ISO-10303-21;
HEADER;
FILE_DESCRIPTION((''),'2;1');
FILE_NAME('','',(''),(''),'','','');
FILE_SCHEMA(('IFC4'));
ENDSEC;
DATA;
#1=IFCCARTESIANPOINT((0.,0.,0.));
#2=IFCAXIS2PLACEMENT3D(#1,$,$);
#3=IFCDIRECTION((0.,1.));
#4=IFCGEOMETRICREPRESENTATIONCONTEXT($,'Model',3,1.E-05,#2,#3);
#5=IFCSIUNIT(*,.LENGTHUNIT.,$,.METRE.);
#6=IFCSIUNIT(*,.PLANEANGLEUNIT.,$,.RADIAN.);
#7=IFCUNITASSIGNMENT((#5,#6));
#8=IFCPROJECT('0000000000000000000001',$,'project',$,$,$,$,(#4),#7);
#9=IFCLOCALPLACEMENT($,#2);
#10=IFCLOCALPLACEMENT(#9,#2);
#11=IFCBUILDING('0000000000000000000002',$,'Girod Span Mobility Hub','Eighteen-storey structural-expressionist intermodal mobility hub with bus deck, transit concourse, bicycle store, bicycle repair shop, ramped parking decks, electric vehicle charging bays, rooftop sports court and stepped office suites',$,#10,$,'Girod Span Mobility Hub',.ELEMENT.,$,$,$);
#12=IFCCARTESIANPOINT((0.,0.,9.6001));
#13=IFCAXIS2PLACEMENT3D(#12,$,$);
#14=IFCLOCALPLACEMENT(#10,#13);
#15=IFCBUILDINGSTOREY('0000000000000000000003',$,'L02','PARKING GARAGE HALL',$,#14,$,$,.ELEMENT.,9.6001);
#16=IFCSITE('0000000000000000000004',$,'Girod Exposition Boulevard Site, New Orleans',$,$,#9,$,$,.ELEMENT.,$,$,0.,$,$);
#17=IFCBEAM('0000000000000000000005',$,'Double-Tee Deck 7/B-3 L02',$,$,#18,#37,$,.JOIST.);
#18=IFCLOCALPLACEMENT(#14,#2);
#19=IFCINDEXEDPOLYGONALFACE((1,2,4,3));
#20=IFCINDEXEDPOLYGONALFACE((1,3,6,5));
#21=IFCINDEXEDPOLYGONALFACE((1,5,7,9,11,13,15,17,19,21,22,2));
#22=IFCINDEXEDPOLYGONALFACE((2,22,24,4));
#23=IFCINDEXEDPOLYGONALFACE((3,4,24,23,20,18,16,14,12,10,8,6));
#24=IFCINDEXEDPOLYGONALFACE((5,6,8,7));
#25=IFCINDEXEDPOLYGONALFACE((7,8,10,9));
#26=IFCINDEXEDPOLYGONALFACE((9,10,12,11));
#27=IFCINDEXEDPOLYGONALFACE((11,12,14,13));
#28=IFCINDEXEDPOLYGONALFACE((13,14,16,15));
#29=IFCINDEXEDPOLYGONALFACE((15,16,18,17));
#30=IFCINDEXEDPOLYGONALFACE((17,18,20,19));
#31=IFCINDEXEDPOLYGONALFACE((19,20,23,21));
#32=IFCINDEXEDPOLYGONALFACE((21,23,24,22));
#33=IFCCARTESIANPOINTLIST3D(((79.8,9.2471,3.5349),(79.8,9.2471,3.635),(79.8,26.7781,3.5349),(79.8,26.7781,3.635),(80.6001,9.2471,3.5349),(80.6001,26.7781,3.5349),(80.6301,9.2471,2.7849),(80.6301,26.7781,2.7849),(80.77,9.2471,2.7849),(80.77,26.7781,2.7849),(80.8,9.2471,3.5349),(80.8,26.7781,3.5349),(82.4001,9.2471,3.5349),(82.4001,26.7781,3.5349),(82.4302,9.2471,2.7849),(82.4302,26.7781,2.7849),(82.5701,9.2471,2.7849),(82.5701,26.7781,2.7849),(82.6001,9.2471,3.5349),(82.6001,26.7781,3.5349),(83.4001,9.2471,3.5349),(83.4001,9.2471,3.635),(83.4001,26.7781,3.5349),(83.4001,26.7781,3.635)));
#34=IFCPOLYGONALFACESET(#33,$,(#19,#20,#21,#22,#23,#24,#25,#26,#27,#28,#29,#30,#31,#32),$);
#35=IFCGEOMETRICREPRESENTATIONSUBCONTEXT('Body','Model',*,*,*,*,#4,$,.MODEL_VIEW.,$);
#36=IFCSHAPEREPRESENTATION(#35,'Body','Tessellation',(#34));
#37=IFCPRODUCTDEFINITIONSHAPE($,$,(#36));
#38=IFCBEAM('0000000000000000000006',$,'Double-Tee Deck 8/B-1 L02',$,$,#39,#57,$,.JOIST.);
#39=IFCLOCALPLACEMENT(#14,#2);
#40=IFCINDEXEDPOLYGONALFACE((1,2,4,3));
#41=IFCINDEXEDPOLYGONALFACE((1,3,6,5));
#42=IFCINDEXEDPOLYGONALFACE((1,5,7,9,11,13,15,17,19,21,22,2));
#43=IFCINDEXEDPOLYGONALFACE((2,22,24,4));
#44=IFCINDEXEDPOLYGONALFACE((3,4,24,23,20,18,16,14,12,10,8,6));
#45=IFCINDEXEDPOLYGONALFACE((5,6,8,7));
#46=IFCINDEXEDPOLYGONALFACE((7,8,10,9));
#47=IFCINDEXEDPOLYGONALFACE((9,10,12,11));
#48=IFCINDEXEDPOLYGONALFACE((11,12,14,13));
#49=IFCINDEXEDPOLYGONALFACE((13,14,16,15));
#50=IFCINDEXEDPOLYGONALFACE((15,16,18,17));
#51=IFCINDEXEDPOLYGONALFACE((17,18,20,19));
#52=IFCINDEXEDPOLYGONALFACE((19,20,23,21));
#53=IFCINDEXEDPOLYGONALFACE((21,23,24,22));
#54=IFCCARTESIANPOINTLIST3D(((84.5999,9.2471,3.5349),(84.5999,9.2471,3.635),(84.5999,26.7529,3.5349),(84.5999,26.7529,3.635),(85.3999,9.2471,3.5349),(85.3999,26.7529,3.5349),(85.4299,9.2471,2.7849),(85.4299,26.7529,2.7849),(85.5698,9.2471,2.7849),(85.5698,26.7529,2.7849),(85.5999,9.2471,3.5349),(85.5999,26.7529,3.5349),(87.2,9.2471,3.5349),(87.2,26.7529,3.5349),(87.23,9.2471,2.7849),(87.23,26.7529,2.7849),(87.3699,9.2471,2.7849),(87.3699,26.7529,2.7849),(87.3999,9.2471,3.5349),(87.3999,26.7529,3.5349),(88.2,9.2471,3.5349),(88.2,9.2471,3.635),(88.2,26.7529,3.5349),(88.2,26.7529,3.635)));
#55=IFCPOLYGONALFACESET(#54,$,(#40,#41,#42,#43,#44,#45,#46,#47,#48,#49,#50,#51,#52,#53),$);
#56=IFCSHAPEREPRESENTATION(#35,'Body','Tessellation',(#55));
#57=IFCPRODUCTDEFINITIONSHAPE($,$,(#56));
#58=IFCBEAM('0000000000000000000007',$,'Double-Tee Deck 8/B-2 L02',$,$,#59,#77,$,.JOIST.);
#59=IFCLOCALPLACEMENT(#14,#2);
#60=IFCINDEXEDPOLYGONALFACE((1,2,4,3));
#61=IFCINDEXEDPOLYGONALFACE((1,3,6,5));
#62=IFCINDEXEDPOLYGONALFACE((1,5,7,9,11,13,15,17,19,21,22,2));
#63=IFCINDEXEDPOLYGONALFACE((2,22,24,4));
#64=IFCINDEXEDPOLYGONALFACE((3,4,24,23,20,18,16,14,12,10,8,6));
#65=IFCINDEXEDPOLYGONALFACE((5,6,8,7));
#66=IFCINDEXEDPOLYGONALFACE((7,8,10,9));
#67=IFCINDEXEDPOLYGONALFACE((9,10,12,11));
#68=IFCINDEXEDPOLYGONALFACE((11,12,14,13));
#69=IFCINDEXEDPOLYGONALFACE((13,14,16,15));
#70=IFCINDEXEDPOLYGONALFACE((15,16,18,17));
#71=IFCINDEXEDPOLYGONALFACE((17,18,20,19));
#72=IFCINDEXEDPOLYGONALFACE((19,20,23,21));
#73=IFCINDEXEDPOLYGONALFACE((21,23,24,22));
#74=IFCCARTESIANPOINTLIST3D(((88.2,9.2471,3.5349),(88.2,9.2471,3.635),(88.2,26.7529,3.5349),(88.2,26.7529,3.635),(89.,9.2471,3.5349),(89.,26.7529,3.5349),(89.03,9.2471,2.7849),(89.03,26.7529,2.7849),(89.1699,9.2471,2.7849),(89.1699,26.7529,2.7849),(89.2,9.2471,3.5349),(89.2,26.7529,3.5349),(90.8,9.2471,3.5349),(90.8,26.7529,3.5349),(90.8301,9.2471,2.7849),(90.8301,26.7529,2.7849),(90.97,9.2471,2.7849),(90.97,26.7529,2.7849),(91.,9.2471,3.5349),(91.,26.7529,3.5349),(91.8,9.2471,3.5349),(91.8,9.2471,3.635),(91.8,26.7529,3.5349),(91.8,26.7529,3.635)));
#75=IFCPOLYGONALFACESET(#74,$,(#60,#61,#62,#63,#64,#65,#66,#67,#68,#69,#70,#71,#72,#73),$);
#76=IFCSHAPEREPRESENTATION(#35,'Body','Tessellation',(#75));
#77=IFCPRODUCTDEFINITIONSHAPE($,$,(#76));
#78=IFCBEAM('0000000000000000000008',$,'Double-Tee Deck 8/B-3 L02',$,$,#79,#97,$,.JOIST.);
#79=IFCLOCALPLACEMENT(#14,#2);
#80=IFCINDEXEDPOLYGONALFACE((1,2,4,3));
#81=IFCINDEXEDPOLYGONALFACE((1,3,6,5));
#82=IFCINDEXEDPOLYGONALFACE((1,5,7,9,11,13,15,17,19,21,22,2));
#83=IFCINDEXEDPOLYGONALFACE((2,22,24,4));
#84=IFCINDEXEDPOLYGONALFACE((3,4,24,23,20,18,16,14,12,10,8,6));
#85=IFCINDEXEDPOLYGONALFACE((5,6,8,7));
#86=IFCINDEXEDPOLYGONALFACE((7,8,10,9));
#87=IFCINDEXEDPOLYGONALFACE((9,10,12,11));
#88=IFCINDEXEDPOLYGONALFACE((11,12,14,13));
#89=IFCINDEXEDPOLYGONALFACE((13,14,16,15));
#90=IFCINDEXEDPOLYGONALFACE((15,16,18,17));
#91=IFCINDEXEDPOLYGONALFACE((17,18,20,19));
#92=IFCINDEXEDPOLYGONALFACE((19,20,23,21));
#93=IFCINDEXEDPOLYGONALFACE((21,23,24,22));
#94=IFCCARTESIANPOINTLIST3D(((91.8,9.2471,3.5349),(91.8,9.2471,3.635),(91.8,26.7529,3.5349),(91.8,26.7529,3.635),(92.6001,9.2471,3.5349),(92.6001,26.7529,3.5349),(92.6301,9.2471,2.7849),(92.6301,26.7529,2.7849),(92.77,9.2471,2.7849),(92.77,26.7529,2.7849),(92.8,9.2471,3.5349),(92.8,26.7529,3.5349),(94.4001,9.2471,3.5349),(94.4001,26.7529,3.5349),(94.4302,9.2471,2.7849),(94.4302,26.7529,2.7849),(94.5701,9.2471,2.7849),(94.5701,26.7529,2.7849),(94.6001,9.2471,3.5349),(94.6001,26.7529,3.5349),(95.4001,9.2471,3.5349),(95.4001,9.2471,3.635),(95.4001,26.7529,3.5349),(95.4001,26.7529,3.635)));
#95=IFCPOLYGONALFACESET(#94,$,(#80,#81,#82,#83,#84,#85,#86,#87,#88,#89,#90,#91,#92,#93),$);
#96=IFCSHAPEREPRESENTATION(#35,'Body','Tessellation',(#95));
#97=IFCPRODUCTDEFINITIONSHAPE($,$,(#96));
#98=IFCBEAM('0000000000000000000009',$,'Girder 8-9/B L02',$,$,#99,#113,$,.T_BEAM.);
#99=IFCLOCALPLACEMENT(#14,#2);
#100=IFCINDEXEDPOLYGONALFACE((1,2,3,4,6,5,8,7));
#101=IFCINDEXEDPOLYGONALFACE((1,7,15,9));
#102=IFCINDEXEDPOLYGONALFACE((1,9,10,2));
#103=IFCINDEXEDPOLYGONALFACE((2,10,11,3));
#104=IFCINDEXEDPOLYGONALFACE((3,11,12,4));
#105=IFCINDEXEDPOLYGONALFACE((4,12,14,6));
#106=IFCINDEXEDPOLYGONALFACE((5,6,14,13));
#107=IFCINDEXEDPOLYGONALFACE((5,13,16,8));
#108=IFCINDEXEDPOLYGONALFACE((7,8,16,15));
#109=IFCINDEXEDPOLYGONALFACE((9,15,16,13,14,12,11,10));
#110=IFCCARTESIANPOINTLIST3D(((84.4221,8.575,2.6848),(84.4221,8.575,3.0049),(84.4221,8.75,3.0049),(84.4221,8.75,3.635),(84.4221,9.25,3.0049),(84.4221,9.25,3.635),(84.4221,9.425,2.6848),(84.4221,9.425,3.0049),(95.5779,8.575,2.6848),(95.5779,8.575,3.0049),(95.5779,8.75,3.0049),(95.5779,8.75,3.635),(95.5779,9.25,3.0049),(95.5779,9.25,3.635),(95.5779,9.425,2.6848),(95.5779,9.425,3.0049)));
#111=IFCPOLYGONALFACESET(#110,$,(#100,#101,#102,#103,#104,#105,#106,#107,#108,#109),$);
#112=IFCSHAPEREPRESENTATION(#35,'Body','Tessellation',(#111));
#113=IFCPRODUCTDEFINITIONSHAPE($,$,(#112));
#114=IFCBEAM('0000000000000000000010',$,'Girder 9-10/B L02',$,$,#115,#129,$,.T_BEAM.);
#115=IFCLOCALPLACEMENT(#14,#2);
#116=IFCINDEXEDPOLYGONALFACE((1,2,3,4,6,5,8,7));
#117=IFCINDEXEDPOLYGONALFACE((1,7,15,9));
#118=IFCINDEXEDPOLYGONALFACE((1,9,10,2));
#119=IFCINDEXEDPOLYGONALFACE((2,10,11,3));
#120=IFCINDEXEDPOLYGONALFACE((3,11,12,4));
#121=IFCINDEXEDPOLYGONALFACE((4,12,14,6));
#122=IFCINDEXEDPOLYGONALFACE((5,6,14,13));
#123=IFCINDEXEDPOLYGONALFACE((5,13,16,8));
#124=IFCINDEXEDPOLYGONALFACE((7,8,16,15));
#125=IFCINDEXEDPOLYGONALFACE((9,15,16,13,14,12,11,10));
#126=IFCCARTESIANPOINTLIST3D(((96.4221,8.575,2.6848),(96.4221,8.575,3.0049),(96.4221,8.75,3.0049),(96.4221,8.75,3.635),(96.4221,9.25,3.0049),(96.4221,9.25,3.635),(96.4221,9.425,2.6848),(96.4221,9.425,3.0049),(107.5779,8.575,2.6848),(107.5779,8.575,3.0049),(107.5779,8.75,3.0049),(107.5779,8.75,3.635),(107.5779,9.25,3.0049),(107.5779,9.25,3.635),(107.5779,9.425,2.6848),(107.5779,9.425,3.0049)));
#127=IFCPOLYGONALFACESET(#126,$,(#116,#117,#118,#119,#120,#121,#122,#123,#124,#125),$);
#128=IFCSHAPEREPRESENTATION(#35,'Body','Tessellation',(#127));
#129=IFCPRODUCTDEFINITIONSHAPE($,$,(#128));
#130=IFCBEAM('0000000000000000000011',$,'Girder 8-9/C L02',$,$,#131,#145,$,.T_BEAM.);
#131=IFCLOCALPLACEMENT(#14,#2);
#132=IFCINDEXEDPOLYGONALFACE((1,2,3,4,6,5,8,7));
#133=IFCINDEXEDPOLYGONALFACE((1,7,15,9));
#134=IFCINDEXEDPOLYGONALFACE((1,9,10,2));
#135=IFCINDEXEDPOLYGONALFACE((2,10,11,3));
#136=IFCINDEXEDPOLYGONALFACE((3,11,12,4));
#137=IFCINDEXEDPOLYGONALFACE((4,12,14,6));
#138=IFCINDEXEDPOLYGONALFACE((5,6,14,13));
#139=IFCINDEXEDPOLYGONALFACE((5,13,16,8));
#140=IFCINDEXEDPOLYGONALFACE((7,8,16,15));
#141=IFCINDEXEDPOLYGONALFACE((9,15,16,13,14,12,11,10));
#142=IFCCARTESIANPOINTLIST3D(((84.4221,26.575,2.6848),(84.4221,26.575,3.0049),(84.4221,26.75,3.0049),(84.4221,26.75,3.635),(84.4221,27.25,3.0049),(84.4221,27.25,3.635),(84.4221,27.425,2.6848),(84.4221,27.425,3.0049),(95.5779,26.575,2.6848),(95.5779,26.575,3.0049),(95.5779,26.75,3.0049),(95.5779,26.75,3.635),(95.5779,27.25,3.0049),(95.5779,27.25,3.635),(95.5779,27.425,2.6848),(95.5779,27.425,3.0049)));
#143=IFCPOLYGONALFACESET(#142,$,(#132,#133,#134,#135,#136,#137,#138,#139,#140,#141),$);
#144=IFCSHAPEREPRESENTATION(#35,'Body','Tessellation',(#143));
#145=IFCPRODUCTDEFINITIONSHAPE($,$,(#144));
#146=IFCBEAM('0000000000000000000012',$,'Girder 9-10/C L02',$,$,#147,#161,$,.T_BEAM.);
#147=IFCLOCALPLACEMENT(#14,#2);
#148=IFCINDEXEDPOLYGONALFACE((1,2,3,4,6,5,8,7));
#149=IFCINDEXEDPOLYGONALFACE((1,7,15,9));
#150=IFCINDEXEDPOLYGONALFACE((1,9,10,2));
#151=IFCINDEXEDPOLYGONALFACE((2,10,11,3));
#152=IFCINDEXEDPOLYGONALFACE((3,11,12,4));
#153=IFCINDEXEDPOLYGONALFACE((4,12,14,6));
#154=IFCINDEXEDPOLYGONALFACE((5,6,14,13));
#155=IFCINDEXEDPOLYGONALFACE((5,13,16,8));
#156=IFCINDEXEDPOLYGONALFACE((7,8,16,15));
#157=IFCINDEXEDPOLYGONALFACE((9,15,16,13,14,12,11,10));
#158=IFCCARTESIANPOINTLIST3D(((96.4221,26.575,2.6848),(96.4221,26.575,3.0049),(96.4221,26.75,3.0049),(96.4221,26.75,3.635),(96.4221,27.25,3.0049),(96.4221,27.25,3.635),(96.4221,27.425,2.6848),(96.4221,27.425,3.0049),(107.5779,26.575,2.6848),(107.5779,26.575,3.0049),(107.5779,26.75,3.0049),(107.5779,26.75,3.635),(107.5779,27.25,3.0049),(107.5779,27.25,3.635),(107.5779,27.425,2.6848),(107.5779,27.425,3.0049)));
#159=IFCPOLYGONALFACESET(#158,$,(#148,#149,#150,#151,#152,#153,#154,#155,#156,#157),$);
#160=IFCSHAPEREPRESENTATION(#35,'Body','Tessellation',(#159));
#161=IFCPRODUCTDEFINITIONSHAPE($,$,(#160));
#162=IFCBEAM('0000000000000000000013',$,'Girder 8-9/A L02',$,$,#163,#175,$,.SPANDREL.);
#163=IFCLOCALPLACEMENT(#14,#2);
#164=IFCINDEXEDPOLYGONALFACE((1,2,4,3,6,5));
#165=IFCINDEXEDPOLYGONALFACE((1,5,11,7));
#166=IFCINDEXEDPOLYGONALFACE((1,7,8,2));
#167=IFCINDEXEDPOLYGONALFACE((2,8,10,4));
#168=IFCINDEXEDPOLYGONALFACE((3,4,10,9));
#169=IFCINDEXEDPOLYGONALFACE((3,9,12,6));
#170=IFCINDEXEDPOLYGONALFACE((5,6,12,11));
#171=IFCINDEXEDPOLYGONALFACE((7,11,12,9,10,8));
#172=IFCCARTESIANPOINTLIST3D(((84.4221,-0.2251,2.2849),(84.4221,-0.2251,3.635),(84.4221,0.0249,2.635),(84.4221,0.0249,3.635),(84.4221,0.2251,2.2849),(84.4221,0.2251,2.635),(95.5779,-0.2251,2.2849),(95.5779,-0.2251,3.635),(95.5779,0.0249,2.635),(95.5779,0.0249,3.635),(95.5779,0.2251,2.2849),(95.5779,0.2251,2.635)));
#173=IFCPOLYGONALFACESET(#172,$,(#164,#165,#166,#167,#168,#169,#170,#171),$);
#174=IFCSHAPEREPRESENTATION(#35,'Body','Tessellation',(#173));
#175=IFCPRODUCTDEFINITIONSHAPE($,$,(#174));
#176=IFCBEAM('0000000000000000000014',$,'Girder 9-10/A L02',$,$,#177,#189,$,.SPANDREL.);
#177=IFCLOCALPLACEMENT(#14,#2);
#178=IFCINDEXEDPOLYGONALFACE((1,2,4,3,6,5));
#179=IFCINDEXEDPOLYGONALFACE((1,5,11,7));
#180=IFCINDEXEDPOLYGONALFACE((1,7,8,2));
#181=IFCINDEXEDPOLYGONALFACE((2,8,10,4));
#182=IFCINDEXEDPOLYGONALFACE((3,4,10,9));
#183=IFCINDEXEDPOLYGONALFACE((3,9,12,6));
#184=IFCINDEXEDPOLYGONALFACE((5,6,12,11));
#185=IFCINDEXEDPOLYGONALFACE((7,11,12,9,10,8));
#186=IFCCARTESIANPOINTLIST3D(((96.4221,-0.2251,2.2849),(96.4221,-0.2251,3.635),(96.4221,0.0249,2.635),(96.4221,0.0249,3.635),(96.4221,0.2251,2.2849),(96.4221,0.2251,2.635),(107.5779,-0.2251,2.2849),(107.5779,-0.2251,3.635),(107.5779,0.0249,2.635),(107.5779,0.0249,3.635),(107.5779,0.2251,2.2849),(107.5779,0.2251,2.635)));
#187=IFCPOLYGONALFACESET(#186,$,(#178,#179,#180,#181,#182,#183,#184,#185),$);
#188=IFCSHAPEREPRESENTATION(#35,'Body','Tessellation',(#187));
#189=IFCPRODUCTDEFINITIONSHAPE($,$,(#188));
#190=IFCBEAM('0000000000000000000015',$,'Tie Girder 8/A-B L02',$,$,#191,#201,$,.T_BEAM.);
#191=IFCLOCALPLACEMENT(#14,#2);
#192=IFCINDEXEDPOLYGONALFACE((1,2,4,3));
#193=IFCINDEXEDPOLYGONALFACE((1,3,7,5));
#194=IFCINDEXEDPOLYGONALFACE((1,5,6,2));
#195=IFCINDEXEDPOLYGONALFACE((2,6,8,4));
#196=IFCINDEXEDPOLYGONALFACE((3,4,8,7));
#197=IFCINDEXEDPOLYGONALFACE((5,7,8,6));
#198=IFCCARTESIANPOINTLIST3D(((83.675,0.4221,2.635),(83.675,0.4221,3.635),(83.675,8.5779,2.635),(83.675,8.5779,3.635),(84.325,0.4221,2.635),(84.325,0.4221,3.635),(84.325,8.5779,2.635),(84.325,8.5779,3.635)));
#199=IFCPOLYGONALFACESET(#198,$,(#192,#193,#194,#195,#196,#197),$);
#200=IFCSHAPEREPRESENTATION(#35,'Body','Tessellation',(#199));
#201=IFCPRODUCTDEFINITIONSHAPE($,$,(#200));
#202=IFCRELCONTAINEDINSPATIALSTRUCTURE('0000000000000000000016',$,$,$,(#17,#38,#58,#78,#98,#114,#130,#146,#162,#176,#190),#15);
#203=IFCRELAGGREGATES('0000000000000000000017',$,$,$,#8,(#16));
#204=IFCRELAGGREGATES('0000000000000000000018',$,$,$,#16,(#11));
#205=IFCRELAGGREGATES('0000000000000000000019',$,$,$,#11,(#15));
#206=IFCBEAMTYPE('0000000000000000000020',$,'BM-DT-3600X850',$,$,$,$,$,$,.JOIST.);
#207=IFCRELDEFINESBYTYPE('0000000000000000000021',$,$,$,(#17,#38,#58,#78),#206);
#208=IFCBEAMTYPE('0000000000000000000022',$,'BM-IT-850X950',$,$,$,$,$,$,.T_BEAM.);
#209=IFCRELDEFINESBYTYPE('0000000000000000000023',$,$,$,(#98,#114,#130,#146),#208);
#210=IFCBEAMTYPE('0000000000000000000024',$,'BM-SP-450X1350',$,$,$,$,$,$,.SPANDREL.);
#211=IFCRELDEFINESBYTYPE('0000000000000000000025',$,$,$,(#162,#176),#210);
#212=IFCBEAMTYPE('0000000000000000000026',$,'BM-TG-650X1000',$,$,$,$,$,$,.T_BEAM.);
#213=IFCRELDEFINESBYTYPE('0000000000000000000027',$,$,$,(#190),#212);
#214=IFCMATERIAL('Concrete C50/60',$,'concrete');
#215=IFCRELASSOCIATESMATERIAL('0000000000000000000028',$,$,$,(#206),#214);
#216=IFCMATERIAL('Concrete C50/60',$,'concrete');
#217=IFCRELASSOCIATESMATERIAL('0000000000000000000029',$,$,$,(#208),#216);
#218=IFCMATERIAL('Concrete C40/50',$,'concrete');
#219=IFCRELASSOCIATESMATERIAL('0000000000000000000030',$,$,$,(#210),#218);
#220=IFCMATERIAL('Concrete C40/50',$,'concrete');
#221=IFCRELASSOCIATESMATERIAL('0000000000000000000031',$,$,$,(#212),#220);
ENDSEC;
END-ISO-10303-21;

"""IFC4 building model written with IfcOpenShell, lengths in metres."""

from ifc_helpers import new_model, si_unit, direction, frame, origin, origin_2d, place, context, subcontext, project, spatial, polyline, rectangle, outline, extrude, material, material_profile, profile_set, type_object, element, save


model = new_model("IFC4")

# Units and contexts
model_context = context("Model", 3, precision=1e-05, world=origin(), true_north=direction((0.0, 1.0)))
body_context = subcontext(model_context, "Body", "Model", "MODEL_VIEW")
ifc_project = project(units=[si_unit("LENGTHUNIT", "METRE"), si_unit("PLANEANGLEUNIT", "RADIAN")], contexts=[model_context])

# Site, building, storey
site_placement = place(None, origin())
site = spatial("IfcSite", under=ifc_project, at=site_placement, Name="Girod Exposition Boulevard Site, New Orleans", CompositionType="ELEMENT", RefElevation=0.0)
building_placement = place(site_placement, origin())
building = spatial("IfcBuilding", under=site, at=building_placement, Name="Girod Span Mobility Hub", Description="Eighteen-storey structural-expressionist intermodal mobility hub with bus deck, transit concourse, bicycle store, bicycle repair shop, ramped parking decks, electric vehicle charging bays, rooftop sports court and stepped office suites", LongName="Girod Span Mobility Hub", CompositionType="ELEMENT")
storey_placement = place(building_placement, frame((0.0, 0.0, 9.6001)))
storey = spatial("IfcBuildingStorey", under=building, at=storey_placement, Name="L02", Description="PARKING GARAGE HALL", CompositionType="ELEMENT", Elevation=9.6001)

# Beams
ifc_material_1 = material(Name="Concrete C50/60", Category="concrete")
ifc_material_profile_1 = material_profile(ifc_material_1, outline(polyline([(-1.8, 0.425), (-1.8, 0.325), (-1.0, 0.325), (-0.97, -0.425), (-0.8301, -0.425), (-0.8, 0.325), (0.8, 0.325), (0.8301, -0.425), (0.97, -0.425), (1.0, 0.325), (1.8, 0.325), (1.8, 0.425), (-1.8, 0.425)])), Name="DT-3600X850")
ifc_profile_set_1 = profile_set([ifc_material_profile_1], Name="Concrete C50/60")
beam_type_1 = type_object("IfcBeamType", Name="BM-DT-3600X850", PredefinedType="JOIST", material=ifc_profile_set_1)
beam_1_placement = place(storey_placement, frame((81.6001, 9.2471, 3.21), z_axis=(0.0, 1.0, 0.0), x_axis=(-1.0, 0.0, 0.0)))
element("IfcBeam", 1, at=beam_1_placement, inside=storey, type_object=beam_type_1, Name="Double-Tee Deck 7/B-3 L02", PredefinedType="JOIST", context=body_context, shape_type="SweptSolid", body=[
    extrude(outline(polyline([(-1.8, 0.425), (-1.8, 0.325), (-1.0, 0.325), (-0.97, -0.425), (-0.8301, -0.425), (-0.8, 0.325), (0.8, 0.325), (0.8301, -0.425), (0.97, -0.425), (1.0, 0.325), (1.8, 0.325), (1.8, 0.425), (-1.8, 0.425)])), origin(), (0.0, 0.0, 1.0), 17.531),
])
for number, where, z_axis, x_axis, name in (
    (2, (86.3999, 9.2471, 3.21), (0.0, 1.0, 0.0), (-1.0, 0.0, 0.0), "Double-Tee Deck 8/B-1 L02"),
    (3, (90.0, 9.2471, 3.21), (0.0, 1.0, 0.0), (-1.0, 0.0, 0.0), "Double-Tee Deck 8/B-2 L02"),
    (4, (93.6001, 9.2471, 3.21), (0.0, 1.0, 0.0), (-1.0, 0.0, 0.0), "Double-Tee Deck 8/B-3 L02"),
):
    element("IfcBeam", number, at=place(storey_placement, frame(where, z_axis=z_axis, x_axis=x_axis)), inside=storey, type_object=beam_type_1, Name=name, PredefinedType="JOIST", context=body_context, shape_type="SweptSolid", body=[
        extrude(outline(polyline([(-1.8, 0.425), (-1.8, 0.325), (-1.0, 0.325), (-0.97, -0.425), (-0.8301, -0.425), (-0.8, 0.325), (0.8, 0.325), (0.8301, -0.425), (0.97, -0.425), (1.0, 0.325), (1.8, 0.325), (1.8, 0.425), (-1.8, 0.425)])), origin(), (0.0, 0.0, 1.0), 17.5059),
    ])
ifc_material_2 = material(Name="Concrete C50/60", Category="concrete")
ifc_material_profile_2 = material_profile(ifc_material_2, outline(polyline([(-0.425, -0.4751), (0.425, -0.4751), (0.425, -0.155), (0.25, -0.155), (0.25, 0.4751), (-0.25, 0.4751), (-0.25, -0.155), (-0.425, -0.155), (-0.425, -0.4751)])), Name="IT-850X950")
ifc_profile_set_2 = profile_set([ifc_material_profile_2], Name="Concrete C50/60")
beam_type_2 = type_object("IfcBeamType", Name="BM-IT-850X950", PredefinedType="T_BEAM", material=ifc_profile_set_2)
for number, where, z_axis, x_axis, name in (
    (5, (84.4221, 9.0, 3.1599), (1.0, 0.0, 0.0), (0.0, 1.0, 0.0), "Girder 8-9/B L02"),
    (6, (96.4221, 9.0, 3.1599), (1.0, 0.0, 0.0), (0.0, 1.0, 0.0), "Girder 9-10/B L02"),
    (7, (84.4221, 27.0, 3.1599), (1.0, 0.0, 0.0), (0.0, 1.0, 0.0), "Girder 8-9/C L02"),
    (8, (96.4221, 27.0, 3.1599), (1.0, 0.0, 0.0), (0.0, 1.0, 0.0), "Girder 9-10/C L02"),
):
    element("IfcBeam", number, at=place(storey_placement, frame(where, z_axis=z_axis, x_axis=x_axis)), inside=storey, type_object=beam_type_2, Name=name, PredefinedType="T_BEAM", context=body_context, shape_type="SweptSolid", body=[
        extrude(outline(polyline([(-0.425, -0.4751), (0.425, -0.4751), (0.425, -0.155), (0.25, -0.155), (0.25, 0.4751), (-0.25, 0.4751), (-0.25, -0.155), (-0.425, -0.155), (-0.425, -0.4751)])), origin(), (0.0, 0.0, 1.0), 11.1558),
    ])
ifc_material_3 = material(Name="Concrete C40/50", Category="concrete")
ifc_material_profile_3 = material_profile(ifc_material_3, outline(polyline([(-0.2251, -0.675), (0.2251, -0.675), (0.2251, -0.325), (0.0249, -0.325), (0.0249, 0.675), (-0.2251, 0.675), (-0.2251, -0.675)])), Name="SP-450X1350")
ifc_profile_set_3 = profile_set([ifc_material_profile_3], Name="Concrete C40/50")
beam_type_3 = type_object("IfcBeamType", Name="BM-SP-450X1350", PredefinedType="SPANDREL", material=ifc_profile_set_3)
for number, where, z_axis, x_axis, name in (
    (9, (84.4221, 0.0, 2.96), (1.0, 0.0, 0.0), (0.0, 1.0, 0.0), "Girder 8-9/A L02"),
    (10, (96.4221, 0.0, 2.96), (1.0, 0.0, 0.0), (0.0, 1.0, 0.0), "Girder 9-10/A L02"),
):
    element("IfcBeam", number, at=place(storey_placement, frame(where, z_axis=z_axis, x_axis=x_axis)), inside=storey, type_object=beam_type_3, Name=name, PredefinedType="SPANDREL", context=body_context, shape_type="SweptSolid", body=[
        extrude(outline(polyline([(-0.2251, -0.675), (0.2251, -0.675), (0.2251, -0.325), (0.0249, -0.325), (0.0249, 0.675), (-0.2251, 0.675), (-0.2251, -0.675)])), origin(), (0.0, 0.0, 1.0), 11.1558),
    ])
ifc_material_4 = material(Name="Concrete C40/50", Category="concrete")
ifc_material_profile_4 = material_profile(ifc_material_4, rectangle(XDim=0.6499, YDim=1.0, at=origin_2d()), Name="TG-650X1000")
ifc_profile_set_4 = profile_set([ifc_material_profile_4], Name="Concrete C40/50")
beam_type_4 = type_object("IfcBeamType", Name="BM-TG-650X1000", PredefinedType="T_BEAM", material=ifc_profile_set_4)
beam_2_placement = place(storey_placement, frame((84.0, 0.4221, 3.135), z_axis=(0.0, 1.0, 0.0), x_axis=(-1.0, 0.0, 0.0)))
element("IfcBeam", 11, at=beam_2_placement, inside=storey, type_object=beam_type_4, Name="Tie Girder 8/A-B L02", PredefinedType="T_BEAM", context=body_context, shape_type="SweptSolid", body=[
    extrude(rectangle(XDim=0.6499, YDim=1.0, at=origin_2d()), origin(), (0.0, 0.0, 1.0), 8.1558),
])

save(model, "model.ifc")
